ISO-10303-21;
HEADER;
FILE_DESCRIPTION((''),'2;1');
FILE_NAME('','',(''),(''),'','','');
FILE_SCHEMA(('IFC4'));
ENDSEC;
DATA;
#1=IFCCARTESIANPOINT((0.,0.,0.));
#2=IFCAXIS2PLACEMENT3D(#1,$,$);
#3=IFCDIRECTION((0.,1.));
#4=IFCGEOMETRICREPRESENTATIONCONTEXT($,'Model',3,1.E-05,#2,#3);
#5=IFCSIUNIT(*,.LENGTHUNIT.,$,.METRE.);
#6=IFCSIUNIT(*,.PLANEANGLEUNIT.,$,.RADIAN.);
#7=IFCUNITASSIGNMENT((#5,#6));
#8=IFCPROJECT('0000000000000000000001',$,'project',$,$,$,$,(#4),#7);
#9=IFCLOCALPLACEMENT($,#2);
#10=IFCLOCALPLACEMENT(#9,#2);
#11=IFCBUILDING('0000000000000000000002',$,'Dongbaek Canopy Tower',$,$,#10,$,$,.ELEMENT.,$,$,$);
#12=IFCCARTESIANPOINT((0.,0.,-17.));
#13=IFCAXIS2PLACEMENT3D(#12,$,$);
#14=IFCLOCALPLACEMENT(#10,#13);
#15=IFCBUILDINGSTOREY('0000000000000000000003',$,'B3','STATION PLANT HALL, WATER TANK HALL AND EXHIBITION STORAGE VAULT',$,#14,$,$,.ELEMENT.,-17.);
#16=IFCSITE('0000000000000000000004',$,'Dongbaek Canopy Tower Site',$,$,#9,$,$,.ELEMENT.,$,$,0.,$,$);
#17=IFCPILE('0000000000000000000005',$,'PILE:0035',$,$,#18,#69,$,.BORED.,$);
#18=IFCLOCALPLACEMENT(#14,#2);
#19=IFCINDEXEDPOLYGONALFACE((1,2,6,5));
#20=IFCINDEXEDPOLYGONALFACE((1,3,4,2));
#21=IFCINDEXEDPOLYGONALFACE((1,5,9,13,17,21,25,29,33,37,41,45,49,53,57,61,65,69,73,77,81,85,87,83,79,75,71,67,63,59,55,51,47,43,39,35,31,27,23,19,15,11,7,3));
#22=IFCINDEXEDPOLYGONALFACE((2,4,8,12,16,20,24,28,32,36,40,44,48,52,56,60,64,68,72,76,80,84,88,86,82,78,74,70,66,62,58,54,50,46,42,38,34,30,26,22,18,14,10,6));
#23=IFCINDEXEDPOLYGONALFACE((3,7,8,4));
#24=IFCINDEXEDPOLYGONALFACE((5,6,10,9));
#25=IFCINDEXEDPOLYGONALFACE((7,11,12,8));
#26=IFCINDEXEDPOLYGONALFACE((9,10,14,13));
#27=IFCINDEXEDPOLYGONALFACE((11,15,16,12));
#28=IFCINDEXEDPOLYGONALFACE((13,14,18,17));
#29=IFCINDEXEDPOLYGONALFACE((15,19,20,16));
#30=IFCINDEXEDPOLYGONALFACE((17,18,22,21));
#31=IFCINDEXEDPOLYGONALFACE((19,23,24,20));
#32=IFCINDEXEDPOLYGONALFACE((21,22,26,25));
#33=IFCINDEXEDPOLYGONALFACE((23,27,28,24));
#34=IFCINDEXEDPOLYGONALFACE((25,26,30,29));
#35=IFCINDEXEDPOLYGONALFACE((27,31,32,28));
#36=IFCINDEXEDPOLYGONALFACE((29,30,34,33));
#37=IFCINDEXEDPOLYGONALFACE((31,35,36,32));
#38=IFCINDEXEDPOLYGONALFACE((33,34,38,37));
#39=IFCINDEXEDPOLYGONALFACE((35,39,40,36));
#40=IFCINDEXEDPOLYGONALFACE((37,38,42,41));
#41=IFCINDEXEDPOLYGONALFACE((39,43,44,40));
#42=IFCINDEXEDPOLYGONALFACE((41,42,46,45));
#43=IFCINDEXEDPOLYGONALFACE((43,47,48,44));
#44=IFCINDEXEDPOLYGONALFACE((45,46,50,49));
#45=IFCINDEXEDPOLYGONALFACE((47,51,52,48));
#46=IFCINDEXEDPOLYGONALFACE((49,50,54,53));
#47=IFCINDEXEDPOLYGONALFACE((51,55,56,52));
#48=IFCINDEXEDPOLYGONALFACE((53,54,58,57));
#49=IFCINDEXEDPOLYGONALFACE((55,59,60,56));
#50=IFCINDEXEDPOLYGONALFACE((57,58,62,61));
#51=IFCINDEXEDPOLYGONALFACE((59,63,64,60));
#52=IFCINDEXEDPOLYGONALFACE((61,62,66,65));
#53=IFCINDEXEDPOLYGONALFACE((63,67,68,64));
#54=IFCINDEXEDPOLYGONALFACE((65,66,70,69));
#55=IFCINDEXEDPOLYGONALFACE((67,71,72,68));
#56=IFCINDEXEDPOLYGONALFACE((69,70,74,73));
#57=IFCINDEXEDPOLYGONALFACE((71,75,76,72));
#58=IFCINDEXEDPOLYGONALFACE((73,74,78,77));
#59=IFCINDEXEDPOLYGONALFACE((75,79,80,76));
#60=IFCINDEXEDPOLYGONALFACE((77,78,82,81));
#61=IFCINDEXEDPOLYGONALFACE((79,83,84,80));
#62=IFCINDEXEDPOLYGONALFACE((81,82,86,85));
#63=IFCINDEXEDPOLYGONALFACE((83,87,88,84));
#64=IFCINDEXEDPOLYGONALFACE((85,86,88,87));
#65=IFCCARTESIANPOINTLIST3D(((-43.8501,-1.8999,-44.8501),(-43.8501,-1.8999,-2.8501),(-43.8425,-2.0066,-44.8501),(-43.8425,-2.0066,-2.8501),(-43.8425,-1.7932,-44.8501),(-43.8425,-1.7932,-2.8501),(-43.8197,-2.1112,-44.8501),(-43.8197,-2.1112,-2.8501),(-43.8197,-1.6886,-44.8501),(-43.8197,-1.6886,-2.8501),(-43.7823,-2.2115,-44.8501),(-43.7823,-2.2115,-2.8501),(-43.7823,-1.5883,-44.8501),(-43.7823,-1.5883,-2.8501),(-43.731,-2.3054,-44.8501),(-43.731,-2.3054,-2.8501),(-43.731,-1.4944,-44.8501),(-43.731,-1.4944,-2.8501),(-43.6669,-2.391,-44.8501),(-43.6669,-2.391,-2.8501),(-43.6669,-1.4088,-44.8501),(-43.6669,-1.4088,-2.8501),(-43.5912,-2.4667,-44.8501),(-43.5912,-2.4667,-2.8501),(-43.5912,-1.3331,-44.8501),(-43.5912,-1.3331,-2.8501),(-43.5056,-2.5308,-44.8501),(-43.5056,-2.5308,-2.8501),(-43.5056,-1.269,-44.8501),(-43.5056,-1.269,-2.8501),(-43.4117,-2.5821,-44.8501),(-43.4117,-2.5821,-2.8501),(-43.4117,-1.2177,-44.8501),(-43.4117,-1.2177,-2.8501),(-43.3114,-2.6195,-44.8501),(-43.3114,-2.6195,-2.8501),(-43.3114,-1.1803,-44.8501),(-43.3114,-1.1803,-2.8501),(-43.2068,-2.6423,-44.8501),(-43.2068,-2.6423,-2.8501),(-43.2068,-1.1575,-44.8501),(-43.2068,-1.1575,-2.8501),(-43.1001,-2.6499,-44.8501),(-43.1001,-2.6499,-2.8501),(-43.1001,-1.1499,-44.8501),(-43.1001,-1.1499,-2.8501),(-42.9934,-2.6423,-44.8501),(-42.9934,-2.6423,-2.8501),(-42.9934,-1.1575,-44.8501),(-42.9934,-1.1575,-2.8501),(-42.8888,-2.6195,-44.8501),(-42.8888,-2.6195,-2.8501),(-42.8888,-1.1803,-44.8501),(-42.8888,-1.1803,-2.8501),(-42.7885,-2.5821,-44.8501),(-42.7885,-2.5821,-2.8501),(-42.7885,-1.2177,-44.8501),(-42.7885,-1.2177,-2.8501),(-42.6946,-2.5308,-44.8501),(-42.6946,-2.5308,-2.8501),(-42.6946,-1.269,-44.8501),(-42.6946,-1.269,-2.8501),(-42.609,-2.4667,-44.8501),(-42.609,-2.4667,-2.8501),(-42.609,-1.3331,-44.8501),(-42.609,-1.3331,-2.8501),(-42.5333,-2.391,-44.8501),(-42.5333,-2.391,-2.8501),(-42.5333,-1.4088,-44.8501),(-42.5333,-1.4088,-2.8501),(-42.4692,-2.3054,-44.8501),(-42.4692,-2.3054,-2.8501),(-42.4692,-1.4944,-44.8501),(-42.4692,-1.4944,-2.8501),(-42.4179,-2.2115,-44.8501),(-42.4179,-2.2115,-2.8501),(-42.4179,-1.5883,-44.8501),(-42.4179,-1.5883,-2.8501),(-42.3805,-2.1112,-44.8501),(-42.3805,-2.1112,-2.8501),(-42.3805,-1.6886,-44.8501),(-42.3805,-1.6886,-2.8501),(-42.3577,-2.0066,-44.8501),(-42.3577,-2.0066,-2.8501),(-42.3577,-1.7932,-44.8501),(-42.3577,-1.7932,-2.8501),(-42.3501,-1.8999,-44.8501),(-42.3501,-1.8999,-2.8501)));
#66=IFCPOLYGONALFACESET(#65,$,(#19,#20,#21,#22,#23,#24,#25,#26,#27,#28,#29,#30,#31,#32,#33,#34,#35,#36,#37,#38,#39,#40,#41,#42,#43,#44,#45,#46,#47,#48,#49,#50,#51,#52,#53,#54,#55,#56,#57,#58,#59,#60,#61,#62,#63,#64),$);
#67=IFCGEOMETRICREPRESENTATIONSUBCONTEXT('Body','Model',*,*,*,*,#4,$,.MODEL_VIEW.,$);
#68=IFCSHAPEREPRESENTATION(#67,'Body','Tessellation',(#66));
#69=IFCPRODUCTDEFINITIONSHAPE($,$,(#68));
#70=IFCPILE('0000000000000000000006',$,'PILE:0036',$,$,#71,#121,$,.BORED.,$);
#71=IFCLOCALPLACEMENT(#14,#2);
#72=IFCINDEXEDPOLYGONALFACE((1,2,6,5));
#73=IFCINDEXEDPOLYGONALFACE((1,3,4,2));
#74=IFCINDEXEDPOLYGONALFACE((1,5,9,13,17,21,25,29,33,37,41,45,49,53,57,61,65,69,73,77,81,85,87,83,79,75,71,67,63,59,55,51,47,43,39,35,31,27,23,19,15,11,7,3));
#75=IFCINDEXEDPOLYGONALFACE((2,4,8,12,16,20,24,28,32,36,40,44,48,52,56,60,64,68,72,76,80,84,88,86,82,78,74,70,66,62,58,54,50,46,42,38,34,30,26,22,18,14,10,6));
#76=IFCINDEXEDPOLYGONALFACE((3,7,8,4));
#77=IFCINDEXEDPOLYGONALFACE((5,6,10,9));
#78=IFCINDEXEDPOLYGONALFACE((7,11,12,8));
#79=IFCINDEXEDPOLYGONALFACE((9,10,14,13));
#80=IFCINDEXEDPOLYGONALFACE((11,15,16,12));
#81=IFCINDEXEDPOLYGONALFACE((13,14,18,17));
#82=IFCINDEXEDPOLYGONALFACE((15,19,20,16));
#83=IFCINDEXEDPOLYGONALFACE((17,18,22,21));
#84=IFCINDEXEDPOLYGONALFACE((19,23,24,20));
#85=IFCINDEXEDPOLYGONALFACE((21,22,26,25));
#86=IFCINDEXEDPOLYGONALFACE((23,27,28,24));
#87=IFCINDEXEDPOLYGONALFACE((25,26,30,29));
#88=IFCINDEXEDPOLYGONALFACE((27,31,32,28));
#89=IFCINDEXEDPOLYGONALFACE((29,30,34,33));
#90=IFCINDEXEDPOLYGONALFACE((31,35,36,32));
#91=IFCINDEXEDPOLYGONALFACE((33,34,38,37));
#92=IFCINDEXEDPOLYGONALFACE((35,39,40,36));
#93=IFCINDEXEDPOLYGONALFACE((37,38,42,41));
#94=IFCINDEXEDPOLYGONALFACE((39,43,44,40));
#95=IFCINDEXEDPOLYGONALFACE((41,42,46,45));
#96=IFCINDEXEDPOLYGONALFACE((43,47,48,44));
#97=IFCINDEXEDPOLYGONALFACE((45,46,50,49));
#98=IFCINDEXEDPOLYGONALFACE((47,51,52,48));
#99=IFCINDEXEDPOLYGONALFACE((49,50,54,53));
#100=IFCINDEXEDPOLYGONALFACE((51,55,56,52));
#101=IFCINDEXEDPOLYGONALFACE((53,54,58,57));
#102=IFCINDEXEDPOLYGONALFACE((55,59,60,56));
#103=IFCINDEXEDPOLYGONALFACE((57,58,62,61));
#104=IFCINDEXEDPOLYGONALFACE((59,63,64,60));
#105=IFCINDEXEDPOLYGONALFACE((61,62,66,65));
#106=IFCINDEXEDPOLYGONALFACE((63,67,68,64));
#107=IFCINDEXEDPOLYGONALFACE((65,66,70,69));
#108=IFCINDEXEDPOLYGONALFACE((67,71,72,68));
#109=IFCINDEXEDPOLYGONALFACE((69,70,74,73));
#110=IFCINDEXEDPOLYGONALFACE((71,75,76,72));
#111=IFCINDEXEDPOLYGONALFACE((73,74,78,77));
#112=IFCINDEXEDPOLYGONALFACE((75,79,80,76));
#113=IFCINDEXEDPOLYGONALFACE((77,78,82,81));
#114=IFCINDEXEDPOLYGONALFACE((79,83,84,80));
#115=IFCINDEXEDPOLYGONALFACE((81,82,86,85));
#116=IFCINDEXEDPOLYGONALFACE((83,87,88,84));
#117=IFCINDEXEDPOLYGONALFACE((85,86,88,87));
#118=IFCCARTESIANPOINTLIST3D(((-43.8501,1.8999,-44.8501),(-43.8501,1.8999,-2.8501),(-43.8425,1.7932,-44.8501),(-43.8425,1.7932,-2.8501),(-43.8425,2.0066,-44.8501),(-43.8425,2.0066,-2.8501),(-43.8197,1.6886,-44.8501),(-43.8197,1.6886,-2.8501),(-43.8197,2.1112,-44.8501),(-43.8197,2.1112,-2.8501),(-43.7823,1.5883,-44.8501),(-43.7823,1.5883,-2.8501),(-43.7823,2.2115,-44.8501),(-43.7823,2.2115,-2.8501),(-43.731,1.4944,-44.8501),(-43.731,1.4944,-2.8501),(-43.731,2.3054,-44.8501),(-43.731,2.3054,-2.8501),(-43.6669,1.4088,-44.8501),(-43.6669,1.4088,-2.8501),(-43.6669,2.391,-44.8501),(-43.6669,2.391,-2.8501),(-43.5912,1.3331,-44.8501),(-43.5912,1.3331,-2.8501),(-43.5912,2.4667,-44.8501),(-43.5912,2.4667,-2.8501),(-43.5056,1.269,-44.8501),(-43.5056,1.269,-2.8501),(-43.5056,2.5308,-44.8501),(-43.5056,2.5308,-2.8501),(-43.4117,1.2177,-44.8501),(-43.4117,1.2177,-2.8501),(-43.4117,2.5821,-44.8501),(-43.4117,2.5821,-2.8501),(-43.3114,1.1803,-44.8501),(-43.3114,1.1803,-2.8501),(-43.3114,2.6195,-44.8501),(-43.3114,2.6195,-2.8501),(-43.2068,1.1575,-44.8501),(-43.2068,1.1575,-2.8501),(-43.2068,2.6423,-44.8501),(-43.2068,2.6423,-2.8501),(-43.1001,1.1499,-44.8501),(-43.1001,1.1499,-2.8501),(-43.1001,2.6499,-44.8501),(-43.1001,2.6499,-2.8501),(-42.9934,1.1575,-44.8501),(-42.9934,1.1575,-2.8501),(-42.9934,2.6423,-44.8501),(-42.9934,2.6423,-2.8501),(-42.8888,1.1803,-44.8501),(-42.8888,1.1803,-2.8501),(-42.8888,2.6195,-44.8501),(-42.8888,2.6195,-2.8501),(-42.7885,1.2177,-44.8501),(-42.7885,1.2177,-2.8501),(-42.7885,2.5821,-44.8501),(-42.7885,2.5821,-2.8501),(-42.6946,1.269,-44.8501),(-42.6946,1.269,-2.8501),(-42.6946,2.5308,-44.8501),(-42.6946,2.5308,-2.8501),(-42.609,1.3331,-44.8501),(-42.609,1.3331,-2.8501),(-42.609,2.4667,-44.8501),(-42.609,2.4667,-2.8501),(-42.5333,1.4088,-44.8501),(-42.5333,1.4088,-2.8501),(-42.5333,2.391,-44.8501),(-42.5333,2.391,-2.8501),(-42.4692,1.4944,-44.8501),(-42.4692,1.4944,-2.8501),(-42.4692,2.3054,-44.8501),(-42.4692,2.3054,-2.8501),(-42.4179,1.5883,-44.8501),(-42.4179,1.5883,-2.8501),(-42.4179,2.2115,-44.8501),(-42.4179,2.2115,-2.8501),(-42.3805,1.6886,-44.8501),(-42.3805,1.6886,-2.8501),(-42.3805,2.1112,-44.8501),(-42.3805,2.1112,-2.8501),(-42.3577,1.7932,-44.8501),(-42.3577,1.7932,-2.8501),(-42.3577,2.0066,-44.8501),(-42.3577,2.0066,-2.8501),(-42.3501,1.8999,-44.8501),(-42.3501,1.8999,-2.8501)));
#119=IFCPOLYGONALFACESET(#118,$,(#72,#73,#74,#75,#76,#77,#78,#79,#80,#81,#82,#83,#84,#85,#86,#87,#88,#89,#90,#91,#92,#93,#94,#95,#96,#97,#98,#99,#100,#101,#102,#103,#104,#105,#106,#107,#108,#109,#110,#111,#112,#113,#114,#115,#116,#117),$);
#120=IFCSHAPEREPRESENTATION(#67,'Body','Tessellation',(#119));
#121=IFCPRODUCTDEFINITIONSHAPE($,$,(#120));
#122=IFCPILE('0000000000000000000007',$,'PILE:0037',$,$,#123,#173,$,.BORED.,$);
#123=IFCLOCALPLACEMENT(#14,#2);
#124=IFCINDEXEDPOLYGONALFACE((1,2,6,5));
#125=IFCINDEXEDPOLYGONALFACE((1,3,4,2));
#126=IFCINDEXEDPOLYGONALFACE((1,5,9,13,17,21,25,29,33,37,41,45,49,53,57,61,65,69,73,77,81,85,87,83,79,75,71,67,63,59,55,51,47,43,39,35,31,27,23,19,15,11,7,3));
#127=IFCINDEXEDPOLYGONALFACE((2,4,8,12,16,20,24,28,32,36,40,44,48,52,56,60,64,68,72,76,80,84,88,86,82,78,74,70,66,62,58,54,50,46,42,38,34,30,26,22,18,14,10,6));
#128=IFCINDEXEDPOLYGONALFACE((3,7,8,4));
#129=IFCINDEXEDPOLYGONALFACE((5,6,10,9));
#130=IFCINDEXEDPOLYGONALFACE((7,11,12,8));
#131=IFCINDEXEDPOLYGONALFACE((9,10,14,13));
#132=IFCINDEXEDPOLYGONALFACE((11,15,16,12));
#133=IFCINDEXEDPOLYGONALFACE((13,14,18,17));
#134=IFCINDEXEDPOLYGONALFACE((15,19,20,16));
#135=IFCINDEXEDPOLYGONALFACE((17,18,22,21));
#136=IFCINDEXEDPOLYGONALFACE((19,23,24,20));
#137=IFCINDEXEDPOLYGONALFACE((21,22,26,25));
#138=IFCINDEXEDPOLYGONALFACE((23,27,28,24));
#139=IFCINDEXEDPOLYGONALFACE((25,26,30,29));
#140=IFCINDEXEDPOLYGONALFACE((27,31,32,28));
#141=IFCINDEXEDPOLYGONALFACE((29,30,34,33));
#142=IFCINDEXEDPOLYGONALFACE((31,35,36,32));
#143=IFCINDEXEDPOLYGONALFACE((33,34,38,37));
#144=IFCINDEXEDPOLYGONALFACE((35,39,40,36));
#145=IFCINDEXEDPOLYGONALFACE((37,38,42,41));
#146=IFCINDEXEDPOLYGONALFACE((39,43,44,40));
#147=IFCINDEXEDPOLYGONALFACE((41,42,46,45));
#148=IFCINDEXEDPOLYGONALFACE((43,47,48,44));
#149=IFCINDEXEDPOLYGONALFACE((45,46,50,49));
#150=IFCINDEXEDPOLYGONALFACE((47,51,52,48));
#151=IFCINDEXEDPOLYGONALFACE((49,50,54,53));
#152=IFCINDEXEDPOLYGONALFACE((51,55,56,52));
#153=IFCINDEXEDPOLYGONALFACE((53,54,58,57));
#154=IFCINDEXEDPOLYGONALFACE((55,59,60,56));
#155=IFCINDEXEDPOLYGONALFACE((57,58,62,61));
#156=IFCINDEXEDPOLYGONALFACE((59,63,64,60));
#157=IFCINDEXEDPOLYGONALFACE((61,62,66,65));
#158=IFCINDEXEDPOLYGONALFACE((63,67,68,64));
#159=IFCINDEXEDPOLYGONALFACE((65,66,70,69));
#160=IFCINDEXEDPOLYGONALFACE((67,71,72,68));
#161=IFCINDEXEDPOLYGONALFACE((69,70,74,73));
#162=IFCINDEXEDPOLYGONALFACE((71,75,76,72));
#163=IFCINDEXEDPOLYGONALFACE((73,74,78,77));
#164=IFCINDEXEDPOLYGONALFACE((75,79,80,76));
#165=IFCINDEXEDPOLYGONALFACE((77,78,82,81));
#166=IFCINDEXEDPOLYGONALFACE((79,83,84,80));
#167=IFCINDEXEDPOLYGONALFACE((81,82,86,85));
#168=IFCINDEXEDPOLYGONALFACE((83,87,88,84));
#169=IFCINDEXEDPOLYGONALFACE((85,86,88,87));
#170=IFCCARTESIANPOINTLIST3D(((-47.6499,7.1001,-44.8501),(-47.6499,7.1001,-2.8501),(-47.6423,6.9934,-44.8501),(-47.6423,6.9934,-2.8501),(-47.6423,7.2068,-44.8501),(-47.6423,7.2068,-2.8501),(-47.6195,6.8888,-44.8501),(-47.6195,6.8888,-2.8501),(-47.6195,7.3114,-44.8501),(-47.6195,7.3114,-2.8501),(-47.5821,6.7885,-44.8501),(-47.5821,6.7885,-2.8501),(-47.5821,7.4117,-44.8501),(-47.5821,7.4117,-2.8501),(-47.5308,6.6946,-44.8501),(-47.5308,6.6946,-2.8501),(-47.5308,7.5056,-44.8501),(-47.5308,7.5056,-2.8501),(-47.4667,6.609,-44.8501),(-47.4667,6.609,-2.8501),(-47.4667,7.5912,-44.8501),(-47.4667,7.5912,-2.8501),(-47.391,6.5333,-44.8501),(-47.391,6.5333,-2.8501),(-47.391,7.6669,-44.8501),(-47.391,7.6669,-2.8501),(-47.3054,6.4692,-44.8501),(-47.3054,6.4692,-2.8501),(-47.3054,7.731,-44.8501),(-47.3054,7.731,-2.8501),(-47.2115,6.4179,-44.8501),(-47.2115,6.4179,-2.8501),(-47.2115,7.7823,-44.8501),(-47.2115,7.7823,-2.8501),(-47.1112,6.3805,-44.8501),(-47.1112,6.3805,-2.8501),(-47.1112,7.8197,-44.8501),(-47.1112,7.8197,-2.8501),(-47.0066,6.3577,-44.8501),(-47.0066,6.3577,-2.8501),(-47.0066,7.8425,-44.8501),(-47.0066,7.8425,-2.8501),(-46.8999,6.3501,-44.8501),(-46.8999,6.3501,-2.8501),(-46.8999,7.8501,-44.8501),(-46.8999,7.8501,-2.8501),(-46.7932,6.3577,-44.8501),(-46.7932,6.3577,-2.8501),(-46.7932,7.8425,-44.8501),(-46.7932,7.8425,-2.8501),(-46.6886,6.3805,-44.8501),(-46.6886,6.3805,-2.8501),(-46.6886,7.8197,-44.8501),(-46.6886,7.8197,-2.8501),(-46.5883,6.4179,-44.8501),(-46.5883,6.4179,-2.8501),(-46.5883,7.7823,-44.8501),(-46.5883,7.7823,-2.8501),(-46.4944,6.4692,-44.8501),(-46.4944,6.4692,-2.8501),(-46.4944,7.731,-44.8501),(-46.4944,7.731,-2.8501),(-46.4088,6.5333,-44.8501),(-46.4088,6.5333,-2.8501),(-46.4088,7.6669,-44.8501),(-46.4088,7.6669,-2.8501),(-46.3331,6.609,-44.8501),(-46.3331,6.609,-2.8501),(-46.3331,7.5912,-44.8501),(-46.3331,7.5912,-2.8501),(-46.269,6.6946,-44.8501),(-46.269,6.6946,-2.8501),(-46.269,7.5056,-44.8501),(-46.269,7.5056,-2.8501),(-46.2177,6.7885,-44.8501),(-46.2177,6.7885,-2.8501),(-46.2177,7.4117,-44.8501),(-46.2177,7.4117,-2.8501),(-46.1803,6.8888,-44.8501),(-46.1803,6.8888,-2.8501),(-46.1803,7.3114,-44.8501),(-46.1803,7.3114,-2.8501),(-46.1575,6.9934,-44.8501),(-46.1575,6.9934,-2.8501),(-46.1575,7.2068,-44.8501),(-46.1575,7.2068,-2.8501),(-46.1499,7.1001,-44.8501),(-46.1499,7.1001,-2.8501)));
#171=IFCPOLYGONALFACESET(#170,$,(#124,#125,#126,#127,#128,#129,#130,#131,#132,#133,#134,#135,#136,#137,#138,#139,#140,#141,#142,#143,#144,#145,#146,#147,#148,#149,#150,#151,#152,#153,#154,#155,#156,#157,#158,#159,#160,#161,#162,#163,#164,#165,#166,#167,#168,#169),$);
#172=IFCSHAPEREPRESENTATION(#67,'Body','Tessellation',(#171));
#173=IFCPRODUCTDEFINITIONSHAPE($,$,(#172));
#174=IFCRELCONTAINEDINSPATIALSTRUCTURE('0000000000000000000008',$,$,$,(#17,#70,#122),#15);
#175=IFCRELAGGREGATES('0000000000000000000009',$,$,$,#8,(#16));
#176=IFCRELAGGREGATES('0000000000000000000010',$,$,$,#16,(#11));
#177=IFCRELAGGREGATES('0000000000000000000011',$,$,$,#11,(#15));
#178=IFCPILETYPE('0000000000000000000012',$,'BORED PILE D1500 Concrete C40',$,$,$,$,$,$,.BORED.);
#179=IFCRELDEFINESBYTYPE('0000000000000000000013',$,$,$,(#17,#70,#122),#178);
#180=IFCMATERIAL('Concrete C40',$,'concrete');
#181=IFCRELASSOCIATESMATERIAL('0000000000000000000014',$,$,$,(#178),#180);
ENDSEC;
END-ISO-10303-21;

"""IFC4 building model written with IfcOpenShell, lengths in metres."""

from ifc_helpers import new_model, si_unit, direction, frame, origin, origin_2d, place, context, subcontext, project, spatial, circle, extrude, material, material_profile, profile_set, type_object, element, save


model = new_model("IFC4")

# Units and contexts
model_context = context("Model", 3, precision=1e-05, world=origin(), true_north=direction((0.0, 1.0)))
body_context = subcontext(model_context, "Body", "Model", "MODEL_VIEW")
ifc_project = project(units=[si_unit("LENGTHUNIT", "METRE"), si_unit("PLANEANGLEUNIT", "RADIAN")], contexts=[model_context])

# Site, building, storey
site_placement = place(None, origin())
site = spatial("IfcSite", under=ifc_project, at=site_placement, Name="Dongbaek Canopy Tower Site", CompositionType="ELEMENT", RefElevation=0.0)
building_placement = place(site_placement, origin())
building = spatial("IfcBuilding", under=site, at=building_placement, Name="Dongbaek Canopy Tower", CompositionType="ELEMENT")
storey_placement = place(building_placement, frame((0.0, 0.0, -17.0)))
storey = spatial("IfcBuildingStorey", under=building, at=storey_placement, Name="B3", Description="STATION PLANT HALL, WATER TANK HALL AND EXHIBITION STORAGE VAULT", CompositionType="ELEMENT", Elevation=-17.0)

# Piles
ifc_material_1 = material(Name="Concrete C40", Category="concrete")
ifc_material_profile_1 = material_profile(ifc_material_1, circle(Radius=0.75, at=origin_2d()), Name="BORED PILE D1500 Concrete C40")
ifc_profile_set_1 = profile_set([ifc_material_profile_1], Name="Concrete C40")
pile_type = type_object("IfcPileType", Name="BORED PILE D1500 Concrete C40", PredefinedType="BORED", material=ifc_profile_set_1)
for number, where, z_axis, x_axis, name in (
    (1, (-43.1001, -1.8999, -2.8501), (0.0, 0.0, -1.0), (1.0, 0.0, 0.0), "PILE:0035"),
    (2, (-43.1001, 1.8999, -2.8501), (0.0, 0.0, -1.0), (1.0, 0.0, 0.0), "PILE:0036"),
    (3, (-46.8999, 7.1001, -2.8501), (0.0, 0.0, -1.0), (1.0, 0.0, 0.0), "PILE:0037"),
):
    element("IfcPile", number, at=place(storey_placement, frame(where, z_axis=z_axis, x_axis=x_axis)), inside=storey, type_object=pile_type, Name=name, PredefinedType="BORED", context=body_context, shape_type="SweptSolid", body=[
        extrude(circle(Radius=0.75, at=origin_2d()), origin(), (0.0, 0.0, 1.0), 42.0),
    ])

save(model, "model.ifc")
